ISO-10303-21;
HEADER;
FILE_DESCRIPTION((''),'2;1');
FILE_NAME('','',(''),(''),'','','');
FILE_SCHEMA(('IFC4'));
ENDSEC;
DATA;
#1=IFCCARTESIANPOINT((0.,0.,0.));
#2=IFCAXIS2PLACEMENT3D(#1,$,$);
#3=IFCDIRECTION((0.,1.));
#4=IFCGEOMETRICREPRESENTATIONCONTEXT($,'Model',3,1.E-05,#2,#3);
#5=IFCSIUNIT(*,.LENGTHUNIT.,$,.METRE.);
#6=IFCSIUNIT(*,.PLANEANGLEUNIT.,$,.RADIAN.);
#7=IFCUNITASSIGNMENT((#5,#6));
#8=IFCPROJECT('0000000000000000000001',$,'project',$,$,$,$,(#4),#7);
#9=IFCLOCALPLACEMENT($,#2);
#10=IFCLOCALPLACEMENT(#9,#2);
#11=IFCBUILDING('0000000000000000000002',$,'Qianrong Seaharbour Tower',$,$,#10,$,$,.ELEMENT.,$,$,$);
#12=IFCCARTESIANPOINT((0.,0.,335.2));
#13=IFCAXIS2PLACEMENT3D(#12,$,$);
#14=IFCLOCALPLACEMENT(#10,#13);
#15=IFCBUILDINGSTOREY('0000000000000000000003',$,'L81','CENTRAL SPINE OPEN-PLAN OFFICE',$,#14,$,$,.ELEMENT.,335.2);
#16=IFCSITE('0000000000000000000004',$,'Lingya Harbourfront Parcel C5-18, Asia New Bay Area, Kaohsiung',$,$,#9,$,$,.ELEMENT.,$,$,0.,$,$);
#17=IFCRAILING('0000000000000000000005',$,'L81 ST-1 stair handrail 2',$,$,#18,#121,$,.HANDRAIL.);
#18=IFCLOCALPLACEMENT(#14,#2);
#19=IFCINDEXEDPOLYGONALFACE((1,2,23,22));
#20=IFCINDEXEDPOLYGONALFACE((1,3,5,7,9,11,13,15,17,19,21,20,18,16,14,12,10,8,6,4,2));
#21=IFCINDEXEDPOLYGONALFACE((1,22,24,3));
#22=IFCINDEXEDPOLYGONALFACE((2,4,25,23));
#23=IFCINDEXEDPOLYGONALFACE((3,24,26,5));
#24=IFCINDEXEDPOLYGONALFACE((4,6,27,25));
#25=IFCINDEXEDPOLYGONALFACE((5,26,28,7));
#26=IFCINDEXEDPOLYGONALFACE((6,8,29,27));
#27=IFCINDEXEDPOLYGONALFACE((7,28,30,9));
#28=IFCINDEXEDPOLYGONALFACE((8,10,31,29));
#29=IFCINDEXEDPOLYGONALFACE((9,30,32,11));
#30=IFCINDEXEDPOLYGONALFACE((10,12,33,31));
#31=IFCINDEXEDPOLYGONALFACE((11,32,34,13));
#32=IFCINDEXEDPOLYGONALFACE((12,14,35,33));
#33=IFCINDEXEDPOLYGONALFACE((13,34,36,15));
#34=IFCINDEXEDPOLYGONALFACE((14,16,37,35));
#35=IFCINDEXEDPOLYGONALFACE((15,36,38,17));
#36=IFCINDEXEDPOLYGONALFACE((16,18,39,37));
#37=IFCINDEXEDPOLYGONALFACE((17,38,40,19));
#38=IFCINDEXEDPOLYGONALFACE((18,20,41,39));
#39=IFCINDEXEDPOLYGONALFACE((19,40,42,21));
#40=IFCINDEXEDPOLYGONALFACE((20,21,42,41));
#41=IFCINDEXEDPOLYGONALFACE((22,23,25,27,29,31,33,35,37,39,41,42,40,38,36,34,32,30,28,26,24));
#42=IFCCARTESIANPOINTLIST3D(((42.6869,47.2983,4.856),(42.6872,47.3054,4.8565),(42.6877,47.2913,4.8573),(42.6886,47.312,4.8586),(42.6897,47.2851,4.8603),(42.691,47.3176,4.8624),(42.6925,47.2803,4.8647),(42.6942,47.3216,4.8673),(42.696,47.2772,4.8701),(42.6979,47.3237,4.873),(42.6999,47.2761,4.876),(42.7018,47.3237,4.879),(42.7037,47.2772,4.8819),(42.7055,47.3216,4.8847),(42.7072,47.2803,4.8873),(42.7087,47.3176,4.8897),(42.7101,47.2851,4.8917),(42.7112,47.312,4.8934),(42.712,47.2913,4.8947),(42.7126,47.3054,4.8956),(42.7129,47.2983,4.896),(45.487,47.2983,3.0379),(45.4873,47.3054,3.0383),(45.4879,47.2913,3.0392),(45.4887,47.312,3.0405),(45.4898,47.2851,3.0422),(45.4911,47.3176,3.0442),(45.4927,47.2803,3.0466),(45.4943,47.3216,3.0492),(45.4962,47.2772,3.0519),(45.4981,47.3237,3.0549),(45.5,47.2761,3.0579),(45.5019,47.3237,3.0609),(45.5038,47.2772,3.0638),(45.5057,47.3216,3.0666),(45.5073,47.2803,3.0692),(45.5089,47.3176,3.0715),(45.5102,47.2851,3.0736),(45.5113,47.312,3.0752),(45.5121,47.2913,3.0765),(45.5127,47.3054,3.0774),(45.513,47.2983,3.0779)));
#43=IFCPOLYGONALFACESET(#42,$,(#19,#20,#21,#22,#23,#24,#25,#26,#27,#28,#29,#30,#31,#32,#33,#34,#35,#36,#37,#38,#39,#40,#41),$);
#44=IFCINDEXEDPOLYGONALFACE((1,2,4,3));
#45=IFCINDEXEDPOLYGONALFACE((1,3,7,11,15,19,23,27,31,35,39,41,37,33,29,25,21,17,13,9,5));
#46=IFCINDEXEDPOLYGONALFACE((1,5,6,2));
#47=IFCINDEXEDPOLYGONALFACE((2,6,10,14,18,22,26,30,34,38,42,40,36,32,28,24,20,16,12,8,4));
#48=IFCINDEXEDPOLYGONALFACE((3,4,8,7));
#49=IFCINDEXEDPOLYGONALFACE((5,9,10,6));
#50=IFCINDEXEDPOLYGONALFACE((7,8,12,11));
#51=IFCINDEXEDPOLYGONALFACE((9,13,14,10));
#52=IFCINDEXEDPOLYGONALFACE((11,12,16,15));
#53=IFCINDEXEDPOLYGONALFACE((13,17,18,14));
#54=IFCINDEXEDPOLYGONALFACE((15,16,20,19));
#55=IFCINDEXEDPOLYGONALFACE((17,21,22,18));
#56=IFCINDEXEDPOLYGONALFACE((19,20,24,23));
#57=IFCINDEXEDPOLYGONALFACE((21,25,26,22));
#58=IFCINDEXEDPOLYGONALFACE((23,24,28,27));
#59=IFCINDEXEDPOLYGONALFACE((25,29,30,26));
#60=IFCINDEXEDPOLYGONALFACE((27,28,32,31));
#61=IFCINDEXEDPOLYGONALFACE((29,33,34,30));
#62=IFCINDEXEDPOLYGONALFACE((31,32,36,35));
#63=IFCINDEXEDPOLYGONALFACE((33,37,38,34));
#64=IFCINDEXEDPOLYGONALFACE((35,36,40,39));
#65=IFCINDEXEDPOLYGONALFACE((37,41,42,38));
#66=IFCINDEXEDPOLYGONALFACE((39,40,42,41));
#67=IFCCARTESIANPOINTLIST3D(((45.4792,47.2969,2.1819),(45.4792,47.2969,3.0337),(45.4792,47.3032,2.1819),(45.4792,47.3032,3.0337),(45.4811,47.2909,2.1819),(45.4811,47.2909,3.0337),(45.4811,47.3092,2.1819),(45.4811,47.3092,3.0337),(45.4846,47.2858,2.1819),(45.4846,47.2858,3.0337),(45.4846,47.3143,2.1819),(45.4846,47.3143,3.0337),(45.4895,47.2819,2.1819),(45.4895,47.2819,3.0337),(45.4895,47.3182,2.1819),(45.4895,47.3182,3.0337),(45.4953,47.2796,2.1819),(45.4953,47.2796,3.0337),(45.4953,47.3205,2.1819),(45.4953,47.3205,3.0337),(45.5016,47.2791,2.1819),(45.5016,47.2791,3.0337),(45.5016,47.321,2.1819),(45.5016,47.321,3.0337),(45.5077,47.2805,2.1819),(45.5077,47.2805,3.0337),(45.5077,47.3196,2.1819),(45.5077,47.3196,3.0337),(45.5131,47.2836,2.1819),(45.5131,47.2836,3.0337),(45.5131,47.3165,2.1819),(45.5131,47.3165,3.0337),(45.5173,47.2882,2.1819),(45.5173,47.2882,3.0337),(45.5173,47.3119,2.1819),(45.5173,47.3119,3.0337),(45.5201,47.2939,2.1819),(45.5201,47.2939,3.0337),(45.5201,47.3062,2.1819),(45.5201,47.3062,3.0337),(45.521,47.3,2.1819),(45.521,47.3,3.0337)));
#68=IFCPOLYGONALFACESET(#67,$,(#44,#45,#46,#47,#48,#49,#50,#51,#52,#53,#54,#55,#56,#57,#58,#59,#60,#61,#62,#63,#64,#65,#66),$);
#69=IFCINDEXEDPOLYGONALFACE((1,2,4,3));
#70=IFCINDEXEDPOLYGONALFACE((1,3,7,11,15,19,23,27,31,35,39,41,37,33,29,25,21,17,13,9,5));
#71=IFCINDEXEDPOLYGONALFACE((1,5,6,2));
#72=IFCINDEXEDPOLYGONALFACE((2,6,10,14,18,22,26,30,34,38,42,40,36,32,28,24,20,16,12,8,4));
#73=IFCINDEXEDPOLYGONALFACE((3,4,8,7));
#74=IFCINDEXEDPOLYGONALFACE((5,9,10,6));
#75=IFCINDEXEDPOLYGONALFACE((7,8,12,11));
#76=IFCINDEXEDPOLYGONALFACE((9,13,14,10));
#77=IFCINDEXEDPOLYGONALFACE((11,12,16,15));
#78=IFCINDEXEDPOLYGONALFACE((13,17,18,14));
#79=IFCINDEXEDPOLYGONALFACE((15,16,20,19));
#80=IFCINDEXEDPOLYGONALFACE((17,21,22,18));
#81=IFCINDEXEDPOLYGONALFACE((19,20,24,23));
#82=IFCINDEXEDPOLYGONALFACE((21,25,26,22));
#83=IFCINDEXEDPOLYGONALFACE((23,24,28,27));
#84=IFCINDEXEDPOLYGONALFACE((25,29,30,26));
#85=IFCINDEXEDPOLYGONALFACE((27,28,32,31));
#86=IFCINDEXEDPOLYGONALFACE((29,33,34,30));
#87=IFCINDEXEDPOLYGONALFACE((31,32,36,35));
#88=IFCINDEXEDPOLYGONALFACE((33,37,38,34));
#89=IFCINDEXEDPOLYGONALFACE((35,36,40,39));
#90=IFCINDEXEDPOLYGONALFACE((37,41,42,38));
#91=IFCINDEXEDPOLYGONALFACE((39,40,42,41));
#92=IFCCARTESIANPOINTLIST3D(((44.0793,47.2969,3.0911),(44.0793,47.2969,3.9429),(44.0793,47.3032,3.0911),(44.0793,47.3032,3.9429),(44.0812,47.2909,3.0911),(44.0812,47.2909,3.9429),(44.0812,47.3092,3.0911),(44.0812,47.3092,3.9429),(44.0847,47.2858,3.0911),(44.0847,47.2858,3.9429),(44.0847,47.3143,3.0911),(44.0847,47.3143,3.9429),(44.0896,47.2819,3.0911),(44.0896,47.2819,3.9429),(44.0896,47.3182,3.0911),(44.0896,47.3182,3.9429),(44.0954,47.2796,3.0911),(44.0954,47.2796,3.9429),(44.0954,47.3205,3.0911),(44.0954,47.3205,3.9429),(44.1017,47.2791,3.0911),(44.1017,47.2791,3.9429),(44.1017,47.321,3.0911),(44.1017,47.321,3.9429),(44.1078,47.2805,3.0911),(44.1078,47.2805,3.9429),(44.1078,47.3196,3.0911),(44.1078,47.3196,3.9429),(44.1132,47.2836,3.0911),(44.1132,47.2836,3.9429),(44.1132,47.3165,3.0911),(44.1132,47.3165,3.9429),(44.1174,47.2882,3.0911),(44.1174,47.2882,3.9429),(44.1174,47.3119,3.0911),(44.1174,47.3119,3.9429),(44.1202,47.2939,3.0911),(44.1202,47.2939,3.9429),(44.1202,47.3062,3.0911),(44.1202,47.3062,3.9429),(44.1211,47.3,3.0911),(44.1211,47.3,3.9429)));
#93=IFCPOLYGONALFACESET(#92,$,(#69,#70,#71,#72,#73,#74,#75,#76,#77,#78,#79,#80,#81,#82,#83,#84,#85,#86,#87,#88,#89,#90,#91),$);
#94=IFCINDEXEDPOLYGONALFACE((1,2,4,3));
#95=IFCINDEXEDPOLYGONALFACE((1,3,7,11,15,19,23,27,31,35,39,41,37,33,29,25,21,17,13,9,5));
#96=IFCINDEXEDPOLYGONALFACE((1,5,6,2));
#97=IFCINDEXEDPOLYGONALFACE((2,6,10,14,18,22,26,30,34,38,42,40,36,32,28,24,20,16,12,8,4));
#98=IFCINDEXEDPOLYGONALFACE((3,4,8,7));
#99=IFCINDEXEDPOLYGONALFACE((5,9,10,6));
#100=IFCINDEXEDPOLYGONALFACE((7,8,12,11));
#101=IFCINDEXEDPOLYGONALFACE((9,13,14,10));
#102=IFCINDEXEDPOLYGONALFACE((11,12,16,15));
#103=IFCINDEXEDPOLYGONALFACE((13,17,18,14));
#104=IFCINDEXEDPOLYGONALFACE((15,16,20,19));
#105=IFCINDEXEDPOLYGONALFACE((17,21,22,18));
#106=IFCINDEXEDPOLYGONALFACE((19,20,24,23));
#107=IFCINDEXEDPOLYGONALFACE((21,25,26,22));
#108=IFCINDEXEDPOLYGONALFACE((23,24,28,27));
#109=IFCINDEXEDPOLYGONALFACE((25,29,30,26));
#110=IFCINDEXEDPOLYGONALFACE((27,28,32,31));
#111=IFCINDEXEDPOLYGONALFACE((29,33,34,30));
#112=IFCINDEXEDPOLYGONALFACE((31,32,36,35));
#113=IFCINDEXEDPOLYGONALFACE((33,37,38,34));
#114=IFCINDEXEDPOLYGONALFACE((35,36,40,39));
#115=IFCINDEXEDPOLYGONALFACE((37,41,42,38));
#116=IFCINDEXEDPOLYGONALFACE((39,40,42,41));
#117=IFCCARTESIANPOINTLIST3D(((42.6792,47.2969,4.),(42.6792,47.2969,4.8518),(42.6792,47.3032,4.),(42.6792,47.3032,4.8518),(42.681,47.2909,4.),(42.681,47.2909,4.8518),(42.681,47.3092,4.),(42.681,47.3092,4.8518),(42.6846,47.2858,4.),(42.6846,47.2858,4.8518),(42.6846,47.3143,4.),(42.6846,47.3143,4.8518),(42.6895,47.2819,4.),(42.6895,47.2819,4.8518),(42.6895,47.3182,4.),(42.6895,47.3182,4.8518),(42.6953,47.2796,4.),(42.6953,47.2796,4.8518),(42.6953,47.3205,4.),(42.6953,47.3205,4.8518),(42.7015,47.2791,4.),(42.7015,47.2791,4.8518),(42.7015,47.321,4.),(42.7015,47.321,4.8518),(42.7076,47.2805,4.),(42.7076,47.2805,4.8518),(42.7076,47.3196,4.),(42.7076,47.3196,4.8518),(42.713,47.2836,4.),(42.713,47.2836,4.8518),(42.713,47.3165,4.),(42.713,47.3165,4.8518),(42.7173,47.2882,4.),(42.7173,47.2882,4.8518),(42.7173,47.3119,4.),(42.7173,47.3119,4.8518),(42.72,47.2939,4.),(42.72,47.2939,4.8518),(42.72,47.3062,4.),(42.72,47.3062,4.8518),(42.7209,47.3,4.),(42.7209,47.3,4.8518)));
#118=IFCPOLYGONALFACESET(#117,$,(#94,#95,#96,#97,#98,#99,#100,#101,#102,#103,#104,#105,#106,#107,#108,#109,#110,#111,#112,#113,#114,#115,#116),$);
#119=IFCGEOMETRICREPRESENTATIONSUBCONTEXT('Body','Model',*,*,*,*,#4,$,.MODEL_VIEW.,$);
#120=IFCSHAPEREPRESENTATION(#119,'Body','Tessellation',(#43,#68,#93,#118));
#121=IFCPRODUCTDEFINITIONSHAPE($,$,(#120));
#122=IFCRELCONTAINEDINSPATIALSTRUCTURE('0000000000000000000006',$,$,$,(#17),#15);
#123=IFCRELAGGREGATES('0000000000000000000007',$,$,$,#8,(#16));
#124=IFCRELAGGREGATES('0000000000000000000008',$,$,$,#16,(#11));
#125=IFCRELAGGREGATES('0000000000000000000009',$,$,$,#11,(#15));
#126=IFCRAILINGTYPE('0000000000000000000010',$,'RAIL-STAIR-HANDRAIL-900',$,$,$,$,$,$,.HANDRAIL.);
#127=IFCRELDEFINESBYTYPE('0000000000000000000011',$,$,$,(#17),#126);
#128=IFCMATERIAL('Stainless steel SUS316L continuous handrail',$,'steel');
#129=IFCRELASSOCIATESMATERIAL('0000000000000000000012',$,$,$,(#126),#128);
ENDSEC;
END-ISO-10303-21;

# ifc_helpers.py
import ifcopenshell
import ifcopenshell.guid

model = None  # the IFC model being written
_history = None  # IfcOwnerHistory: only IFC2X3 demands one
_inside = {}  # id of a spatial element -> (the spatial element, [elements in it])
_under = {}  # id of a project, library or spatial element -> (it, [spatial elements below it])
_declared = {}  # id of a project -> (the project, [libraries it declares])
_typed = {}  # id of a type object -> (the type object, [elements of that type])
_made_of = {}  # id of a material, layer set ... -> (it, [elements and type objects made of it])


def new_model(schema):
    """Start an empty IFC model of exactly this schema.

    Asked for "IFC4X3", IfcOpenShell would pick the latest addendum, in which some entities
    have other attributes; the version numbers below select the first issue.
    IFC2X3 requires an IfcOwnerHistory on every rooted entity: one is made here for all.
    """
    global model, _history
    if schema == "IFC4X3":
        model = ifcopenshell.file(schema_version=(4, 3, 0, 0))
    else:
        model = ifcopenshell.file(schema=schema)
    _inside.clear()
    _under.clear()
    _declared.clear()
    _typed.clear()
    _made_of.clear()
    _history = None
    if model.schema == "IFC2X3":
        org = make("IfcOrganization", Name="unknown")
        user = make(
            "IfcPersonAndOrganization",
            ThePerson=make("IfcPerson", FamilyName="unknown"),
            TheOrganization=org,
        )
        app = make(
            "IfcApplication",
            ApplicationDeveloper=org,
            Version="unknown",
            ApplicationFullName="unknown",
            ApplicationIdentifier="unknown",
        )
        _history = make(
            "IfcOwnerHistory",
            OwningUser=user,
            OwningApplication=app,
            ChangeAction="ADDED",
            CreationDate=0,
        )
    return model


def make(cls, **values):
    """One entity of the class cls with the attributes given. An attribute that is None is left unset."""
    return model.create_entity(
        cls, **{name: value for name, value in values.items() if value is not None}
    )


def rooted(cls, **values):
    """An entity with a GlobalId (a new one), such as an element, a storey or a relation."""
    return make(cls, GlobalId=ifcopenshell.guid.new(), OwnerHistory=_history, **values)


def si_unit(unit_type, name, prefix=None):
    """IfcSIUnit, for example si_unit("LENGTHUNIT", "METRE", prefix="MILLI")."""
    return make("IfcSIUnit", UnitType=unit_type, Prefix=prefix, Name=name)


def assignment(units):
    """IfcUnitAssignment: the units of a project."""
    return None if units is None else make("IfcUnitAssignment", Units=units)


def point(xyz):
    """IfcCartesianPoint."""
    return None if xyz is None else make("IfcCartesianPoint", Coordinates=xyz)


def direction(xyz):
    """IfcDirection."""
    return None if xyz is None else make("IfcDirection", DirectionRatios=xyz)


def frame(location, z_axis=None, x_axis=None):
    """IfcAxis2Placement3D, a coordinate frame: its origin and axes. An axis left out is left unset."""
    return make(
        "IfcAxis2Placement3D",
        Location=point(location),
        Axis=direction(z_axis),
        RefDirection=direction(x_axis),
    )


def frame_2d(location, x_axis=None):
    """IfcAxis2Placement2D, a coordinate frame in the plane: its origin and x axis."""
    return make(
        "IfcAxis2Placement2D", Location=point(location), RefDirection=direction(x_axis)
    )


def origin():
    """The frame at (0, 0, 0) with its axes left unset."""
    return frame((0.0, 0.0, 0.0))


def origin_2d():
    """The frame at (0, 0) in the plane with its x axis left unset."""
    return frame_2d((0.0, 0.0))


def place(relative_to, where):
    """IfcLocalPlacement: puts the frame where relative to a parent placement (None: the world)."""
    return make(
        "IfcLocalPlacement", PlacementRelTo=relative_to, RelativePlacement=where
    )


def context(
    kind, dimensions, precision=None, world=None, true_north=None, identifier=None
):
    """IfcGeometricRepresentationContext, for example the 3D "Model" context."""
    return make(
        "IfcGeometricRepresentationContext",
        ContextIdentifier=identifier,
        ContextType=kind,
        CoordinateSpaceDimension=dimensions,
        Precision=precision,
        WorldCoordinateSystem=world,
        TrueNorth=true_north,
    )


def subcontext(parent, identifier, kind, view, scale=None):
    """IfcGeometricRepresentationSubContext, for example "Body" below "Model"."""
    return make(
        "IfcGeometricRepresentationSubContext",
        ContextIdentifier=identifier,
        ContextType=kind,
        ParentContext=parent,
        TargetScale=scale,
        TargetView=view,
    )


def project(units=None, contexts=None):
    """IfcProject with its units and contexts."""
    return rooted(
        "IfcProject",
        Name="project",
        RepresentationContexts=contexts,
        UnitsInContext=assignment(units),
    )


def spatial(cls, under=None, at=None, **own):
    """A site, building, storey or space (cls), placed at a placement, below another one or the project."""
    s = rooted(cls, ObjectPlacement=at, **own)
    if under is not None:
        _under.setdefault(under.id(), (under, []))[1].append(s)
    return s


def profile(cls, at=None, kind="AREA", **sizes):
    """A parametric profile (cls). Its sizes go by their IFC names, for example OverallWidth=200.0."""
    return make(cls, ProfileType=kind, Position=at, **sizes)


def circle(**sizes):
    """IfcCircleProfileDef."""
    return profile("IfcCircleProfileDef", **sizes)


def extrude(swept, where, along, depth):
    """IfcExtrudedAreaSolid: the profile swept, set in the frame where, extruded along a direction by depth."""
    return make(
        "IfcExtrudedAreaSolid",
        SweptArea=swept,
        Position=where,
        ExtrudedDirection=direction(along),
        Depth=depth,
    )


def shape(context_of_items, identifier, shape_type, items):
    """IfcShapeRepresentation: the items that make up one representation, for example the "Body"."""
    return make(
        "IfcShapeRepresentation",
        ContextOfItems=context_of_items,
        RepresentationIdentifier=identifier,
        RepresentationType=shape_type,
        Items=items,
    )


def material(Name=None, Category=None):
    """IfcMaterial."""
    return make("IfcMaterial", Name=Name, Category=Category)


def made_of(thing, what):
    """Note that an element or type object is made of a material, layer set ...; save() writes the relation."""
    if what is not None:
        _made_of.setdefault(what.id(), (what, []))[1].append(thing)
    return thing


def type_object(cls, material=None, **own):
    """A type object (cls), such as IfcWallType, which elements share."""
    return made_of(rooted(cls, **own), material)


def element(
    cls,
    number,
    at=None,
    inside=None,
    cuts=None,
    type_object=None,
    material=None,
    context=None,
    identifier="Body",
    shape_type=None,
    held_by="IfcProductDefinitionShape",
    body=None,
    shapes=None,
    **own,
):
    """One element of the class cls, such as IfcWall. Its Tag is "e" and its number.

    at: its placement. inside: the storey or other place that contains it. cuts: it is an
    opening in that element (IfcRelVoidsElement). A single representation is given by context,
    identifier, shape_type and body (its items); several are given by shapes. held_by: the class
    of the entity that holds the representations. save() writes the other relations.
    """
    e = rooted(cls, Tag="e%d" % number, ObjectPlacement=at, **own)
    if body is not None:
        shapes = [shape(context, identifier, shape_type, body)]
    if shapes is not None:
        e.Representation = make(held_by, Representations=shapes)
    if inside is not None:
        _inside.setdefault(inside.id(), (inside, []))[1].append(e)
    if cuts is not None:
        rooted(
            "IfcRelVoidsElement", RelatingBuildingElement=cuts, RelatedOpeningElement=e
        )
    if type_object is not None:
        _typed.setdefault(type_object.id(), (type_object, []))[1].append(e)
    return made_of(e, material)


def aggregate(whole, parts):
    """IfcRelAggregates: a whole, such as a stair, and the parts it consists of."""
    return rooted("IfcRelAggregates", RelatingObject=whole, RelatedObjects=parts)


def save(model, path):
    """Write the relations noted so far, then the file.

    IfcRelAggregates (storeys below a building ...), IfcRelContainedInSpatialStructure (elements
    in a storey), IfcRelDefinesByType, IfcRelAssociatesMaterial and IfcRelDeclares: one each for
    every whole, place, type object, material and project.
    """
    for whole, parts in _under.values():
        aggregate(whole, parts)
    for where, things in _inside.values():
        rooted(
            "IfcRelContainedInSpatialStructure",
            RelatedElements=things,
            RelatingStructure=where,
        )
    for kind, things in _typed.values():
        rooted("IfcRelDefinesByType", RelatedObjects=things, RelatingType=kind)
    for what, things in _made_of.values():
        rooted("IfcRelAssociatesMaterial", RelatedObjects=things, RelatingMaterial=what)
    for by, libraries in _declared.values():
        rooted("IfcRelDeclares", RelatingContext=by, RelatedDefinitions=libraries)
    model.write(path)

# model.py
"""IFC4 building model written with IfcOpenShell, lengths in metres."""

from ifc_helpers import new_model, si_unit, direction, frame, origin, origin_2d, place, context, subcontext, project, spatial, circle, extrude, material, type_object, element, save


model = new_model("IFC4")

# Units and contexts
model_context = context("Model", 3, precision=1e-05, world=origin(), true_north=direction((0.0, 1.0)))
body_context = subcontext(model_context, "Body", "Model", "MODEL_VIEW")
ifc_project = project(units=[si_unit("LENGTHUNIT", "METRE"), si_unit("PLANEANGLEUNIT", "RADIAN")], contexts=[model_context])

# Site, building, storey
site_placement = place(None, origin())
site = spatial("IfcSite", under=ifc_project, at=site_placement, Name="Lingya Harbourfront Parcel C5-18, Asia New Bay Area, Kaohsiung", CompositionType="ELEMENT", RefElevation=0.0)
building_placement = place(site_placement, origin())
building = spatial("IfcBuilding", under=site, at=building_placement, Name="Qianrong Seaharbour Tower", CompositionType="ELEMENT")
storey_placement = place(building_placement, frame((0.0, 0.0, 335.2)))
storey = spatial("IfcBuildingStorey", under=building, at=storey_placement, Name="L81", Description="CENTRAL SPINE OPEN-PLAN OFFICE", CompositionType="ELEMENT", Elevation=335.2)

# Railing
ifc_material_1 = material(Name="Stainless steel SUS316L continuous handrail", Category="steel")
railing_type_1 = type_object("IfcRailingType", Name="RAIL-STAIR-HANDRAIL-900", PredefinedType="HANDRAIL", material=ifc_material_1)
railing_1_placement = place(storey_placement, frame((45.5, 47.3, 2.1819)))
element("IfcRailing", 1, at=railing_1_placement, inside=storey, type_object=railing_type_1, Name="L81 ST-1 stair handrail 2", PredefinedType="HANDRAIL", context=body_context, shape_type="SweptSolid", body=[
    extrude(circle(Radius=0.0239, at=origin_2d()), frame((0.0, 0.0, 0.876), z_axis=(-0.838706, 0.0, 0.544585), x_axis=(0.0, -1.0, 0.0)), (0.0, 0.0, 1.0), 3.3386),
    extrude(circle(Radius=0.021, at=origin_2d()), origin(), (0.0, 0.0, 1.0), 0.8518),
    extrude(circle(Radius=0.021, at=origin_2d()), frame((-1.3999, 0.0, 0.9092)), (0.0, 0.0, 1.0), 0.8518),
    extrude(circle(Radius=0.021, at=origin_2d()), frame((-2.8, 0.0, 1.8181)), (0.0, 0.0, 1.0), 0.8518),
])

save(model, "model.ifc")
